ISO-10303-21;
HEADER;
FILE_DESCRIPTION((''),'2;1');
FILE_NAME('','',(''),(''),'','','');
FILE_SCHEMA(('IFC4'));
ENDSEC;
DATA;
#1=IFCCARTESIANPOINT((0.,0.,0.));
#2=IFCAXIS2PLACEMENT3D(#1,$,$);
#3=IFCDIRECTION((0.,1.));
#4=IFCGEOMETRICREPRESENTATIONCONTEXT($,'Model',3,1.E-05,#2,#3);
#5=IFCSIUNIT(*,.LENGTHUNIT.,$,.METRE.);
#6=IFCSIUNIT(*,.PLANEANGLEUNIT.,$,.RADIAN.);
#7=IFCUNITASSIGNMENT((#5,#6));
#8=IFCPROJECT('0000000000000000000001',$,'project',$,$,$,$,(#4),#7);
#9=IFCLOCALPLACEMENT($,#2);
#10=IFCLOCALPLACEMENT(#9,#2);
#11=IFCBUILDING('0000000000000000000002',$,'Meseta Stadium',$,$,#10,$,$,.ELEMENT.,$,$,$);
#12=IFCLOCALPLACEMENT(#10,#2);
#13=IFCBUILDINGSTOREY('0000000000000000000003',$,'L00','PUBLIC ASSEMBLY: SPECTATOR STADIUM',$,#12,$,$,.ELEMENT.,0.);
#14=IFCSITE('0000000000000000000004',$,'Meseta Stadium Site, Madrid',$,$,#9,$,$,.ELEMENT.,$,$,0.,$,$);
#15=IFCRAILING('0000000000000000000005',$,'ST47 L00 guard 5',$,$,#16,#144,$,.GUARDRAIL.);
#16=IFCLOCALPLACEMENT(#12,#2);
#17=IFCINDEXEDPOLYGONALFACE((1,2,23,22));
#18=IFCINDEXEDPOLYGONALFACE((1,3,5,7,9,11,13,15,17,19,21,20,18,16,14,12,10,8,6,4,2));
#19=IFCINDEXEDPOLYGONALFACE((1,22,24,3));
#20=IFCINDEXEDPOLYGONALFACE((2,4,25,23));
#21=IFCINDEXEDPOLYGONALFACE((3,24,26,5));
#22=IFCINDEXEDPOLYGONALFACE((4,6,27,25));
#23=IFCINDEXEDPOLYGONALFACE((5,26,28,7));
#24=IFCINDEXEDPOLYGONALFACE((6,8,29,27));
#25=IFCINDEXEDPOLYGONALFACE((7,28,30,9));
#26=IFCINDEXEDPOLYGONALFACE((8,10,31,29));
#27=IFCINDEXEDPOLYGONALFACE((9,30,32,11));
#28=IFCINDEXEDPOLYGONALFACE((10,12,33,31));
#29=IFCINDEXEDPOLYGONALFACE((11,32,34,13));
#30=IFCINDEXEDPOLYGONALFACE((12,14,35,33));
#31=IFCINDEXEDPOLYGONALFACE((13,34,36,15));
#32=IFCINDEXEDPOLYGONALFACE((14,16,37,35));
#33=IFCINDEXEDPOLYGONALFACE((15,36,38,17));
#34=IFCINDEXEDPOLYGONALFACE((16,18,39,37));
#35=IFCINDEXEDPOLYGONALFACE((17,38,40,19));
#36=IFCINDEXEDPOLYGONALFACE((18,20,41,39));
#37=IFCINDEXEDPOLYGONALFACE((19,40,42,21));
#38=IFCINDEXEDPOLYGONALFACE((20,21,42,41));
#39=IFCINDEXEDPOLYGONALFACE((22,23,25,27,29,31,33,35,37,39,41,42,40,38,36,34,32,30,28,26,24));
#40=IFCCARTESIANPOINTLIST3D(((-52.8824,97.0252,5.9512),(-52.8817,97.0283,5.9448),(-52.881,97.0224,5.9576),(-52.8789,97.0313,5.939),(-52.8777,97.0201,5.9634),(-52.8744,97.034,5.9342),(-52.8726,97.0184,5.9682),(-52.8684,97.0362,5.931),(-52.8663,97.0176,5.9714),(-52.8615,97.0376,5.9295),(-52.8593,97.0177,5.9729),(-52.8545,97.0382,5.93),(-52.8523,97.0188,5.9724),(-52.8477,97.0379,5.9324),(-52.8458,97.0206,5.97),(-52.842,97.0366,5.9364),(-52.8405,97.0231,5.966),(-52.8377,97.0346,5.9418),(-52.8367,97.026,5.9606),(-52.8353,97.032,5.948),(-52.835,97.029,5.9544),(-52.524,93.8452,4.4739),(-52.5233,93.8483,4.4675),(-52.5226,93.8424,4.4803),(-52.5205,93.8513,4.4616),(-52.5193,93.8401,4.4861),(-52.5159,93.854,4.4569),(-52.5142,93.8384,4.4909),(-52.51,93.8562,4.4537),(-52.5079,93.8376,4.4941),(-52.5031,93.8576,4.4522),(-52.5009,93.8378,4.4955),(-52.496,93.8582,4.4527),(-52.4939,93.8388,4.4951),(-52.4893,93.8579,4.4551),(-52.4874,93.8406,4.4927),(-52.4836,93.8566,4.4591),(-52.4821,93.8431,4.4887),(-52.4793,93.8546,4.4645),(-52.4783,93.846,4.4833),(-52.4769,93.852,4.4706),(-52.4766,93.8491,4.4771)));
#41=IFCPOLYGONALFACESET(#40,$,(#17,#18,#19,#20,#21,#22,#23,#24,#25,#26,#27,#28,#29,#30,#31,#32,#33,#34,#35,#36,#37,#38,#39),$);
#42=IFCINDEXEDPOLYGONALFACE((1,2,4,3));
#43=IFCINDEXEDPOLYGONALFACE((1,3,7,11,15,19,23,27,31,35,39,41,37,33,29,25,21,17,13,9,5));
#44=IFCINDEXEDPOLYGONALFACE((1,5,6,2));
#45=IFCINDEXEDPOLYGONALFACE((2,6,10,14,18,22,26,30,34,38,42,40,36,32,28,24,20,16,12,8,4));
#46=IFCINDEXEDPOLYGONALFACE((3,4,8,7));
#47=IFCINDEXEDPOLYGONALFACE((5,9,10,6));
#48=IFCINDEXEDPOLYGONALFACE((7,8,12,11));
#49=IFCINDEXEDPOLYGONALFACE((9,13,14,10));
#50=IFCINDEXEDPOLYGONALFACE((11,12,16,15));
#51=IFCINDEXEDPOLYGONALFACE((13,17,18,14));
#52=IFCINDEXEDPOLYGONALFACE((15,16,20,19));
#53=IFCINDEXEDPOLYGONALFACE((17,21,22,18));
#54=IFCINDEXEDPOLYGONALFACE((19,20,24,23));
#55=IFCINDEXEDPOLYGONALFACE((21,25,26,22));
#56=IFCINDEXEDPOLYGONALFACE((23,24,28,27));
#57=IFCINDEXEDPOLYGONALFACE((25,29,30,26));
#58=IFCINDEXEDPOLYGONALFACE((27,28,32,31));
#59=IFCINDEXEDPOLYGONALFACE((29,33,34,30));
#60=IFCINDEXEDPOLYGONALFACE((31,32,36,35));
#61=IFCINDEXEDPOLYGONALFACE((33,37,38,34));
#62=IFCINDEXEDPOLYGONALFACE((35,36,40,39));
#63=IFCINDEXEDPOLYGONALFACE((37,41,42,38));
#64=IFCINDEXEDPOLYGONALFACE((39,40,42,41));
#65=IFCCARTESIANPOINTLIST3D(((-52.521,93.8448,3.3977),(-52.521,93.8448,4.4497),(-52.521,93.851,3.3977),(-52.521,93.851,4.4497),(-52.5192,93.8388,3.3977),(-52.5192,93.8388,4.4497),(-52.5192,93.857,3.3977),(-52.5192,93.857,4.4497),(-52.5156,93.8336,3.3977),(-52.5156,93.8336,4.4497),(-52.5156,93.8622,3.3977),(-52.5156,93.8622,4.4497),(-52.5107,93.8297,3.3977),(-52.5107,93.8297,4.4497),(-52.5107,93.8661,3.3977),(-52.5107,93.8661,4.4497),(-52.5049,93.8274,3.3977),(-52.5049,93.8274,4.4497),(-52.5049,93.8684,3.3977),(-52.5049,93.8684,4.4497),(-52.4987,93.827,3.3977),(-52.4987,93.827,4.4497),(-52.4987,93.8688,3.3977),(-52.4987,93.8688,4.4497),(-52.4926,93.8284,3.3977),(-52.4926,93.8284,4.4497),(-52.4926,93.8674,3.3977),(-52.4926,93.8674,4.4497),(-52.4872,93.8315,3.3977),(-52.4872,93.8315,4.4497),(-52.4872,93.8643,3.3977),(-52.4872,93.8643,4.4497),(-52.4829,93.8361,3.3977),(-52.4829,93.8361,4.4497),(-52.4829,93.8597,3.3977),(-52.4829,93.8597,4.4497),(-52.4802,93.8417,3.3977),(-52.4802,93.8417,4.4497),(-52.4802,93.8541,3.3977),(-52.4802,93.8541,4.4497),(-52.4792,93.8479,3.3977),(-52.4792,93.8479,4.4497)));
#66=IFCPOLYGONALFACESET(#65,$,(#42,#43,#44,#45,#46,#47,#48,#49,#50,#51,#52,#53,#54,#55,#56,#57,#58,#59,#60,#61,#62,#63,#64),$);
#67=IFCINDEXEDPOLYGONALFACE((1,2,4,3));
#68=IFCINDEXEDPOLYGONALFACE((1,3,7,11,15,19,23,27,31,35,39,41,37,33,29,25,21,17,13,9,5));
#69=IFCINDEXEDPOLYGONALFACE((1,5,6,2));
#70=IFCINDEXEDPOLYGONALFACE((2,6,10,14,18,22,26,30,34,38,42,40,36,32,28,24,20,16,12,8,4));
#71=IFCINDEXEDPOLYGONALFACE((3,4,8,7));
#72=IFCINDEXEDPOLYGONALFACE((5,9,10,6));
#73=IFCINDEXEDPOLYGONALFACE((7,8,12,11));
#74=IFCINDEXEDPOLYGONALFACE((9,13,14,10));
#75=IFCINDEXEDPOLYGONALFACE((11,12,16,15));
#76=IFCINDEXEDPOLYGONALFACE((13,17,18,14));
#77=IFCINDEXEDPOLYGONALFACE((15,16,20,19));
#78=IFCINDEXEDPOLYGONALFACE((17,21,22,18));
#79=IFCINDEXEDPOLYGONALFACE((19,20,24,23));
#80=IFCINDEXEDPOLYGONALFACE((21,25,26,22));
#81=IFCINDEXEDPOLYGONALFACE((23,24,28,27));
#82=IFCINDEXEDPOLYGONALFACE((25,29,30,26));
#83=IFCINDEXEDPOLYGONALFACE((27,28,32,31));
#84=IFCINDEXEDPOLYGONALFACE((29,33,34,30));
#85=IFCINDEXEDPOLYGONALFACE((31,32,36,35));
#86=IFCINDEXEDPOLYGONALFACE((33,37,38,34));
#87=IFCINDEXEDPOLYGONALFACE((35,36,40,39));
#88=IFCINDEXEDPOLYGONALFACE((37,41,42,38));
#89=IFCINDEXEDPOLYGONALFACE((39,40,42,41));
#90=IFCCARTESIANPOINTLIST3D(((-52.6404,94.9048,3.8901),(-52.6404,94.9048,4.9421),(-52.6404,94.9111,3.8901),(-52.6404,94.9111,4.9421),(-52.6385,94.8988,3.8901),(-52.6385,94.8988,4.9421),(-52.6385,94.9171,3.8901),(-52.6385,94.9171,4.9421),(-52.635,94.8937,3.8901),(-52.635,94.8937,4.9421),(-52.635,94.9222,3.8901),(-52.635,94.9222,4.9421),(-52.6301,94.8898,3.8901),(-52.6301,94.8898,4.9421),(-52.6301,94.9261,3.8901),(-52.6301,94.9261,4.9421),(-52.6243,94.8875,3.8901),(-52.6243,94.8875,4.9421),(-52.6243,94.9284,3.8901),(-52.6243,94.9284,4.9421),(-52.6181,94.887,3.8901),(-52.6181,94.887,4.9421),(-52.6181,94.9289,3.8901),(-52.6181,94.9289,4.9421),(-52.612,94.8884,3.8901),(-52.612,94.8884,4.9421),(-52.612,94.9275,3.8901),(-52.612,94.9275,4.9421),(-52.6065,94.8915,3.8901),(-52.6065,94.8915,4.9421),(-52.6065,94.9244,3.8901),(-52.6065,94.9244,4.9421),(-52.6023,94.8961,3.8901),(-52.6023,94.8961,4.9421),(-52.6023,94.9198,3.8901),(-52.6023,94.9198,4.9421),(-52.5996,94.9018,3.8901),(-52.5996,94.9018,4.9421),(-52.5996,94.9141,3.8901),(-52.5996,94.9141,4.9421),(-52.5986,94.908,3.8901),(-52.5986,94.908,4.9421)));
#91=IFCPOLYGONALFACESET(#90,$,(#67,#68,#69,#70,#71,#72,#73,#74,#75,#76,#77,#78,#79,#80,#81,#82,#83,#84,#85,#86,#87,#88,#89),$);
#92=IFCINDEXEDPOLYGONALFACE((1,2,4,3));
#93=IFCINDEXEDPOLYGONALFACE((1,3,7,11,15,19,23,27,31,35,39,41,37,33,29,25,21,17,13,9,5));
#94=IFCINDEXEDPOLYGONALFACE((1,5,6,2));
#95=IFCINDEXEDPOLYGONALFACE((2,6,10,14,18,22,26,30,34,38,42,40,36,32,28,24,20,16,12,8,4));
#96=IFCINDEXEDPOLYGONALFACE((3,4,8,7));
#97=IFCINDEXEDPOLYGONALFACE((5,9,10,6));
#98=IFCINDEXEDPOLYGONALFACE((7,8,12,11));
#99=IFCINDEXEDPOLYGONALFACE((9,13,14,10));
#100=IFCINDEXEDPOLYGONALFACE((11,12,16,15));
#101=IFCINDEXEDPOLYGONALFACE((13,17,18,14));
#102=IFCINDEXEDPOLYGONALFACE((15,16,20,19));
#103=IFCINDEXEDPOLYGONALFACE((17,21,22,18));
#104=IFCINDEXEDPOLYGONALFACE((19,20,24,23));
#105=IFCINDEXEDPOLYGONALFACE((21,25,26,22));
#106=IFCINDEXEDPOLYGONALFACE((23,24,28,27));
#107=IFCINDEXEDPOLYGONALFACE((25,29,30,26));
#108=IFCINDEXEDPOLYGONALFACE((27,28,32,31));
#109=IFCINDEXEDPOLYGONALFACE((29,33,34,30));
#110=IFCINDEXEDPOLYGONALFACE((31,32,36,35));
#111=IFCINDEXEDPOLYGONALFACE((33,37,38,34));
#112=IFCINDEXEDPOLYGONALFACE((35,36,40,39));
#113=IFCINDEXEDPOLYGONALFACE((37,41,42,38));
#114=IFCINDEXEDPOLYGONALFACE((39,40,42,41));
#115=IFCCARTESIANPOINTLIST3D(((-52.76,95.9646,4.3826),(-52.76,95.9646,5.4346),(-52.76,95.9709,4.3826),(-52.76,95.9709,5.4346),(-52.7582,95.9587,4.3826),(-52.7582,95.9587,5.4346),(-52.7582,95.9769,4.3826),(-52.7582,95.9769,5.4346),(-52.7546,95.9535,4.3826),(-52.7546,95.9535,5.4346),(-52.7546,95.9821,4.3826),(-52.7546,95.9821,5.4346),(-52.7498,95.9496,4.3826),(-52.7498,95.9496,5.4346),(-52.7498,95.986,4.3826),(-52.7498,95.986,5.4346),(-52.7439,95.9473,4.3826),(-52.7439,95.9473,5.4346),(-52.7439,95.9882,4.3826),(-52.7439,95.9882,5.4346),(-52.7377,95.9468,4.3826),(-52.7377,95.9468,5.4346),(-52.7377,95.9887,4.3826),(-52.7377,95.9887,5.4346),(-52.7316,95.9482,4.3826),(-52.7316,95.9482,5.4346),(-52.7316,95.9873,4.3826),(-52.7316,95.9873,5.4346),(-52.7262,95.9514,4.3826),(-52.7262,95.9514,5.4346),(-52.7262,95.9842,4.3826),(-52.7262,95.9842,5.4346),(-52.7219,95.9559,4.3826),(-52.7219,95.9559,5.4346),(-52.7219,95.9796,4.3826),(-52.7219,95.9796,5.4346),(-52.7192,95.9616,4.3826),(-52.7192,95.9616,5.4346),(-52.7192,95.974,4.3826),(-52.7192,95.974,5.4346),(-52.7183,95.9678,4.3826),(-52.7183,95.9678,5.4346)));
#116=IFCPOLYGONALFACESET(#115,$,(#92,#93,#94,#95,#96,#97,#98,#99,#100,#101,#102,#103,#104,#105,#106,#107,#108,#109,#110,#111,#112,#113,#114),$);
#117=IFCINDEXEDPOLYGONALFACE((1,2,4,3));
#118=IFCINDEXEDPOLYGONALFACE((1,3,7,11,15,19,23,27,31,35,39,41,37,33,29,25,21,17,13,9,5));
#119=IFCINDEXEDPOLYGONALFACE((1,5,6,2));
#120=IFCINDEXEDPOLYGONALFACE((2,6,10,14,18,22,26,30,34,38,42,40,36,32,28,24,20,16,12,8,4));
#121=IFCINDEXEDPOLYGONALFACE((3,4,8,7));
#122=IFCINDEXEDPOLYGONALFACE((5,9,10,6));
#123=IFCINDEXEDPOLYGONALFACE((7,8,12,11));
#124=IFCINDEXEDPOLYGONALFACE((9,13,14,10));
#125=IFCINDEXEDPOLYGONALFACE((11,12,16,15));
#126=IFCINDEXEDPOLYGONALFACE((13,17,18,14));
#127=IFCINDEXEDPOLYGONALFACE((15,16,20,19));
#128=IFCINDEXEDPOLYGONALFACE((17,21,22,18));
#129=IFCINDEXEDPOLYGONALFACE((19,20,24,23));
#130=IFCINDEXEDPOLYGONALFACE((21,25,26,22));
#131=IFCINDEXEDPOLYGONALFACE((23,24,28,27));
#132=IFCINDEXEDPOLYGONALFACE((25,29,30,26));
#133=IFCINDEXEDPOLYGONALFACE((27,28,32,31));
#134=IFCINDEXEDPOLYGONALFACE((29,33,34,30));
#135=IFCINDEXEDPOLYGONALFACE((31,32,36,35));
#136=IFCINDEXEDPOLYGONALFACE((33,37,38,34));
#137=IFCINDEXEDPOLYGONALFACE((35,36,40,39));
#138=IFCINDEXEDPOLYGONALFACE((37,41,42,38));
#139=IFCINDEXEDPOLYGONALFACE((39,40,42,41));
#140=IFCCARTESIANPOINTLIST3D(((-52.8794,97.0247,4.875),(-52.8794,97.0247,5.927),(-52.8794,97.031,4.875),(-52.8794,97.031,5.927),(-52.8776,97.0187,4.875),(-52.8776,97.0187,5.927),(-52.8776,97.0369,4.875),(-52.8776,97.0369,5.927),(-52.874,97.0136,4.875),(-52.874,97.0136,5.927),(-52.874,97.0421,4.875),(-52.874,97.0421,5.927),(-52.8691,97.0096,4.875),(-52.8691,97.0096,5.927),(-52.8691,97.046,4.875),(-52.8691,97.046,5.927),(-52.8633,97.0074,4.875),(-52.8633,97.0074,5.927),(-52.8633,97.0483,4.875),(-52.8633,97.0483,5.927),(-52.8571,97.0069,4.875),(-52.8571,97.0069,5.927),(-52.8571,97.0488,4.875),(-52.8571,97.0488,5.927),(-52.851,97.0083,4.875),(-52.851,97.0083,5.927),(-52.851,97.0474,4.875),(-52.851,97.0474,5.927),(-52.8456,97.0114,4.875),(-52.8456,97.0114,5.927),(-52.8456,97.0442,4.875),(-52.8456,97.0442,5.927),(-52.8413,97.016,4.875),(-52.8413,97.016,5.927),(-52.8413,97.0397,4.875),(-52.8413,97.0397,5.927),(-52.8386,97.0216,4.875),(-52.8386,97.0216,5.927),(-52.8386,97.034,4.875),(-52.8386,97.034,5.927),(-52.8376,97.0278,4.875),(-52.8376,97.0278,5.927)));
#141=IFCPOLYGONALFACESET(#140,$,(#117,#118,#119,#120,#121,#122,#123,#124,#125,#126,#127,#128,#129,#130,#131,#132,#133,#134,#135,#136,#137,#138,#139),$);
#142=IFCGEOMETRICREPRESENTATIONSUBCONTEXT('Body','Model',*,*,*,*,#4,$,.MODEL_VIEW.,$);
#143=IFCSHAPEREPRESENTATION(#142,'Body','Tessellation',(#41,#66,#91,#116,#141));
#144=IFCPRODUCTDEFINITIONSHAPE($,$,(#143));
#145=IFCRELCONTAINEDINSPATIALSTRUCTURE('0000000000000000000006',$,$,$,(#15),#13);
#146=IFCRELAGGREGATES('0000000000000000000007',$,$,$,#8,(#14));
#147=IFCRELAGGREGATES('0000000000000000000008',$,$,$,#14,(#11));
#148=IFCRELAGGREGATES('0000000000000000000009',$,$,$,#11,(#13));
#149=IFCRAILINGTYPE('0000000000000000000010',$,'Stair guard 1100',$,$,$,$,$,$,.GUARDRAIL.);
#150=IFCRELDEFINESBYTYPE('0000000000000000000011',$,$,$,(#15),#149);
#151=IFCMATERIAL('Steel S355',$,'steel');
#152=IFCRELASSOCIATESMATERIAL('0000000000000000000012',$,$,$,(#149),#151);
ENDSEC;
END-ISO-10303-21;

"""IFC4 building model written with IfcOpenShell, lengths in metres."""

from ifc_helpers import new_model, si_unit, direction, frame, origin, origin_2d, place, context, subcontext, project, spatial, circle, extrude, material, type_object, element, save


model = new_model("IFC4")

# Units and contexts
model_context = context("Model", 3, precision=1e-05, world=origin(), true_north=direction((0.0, 1.0)))
body_context = subcontext(model_context, "Body", "Model", "MODEL_VIEW")
ifc_project = project(units=[si_unit("LENGTHUNIT", "METRE"), si_unit("PLANEANGLEUNIT", "RADIAN")], contexts=[model_context])

# Site, building, storey
site_placement = place(None, origin())
site = spatial("IfcSite", under=ifc_project, at=site_placement, Name="Meseta Stadium Site, Madrid", CompositionType="ELEMENT", RefElevation=0.0)
building_placement = place(site_placement, origin())
building = spatial("IfcBuilding", under=site, at=building_placement, Name="Meseta Stadium", CompositionType="ELEMENT")
storey_placement = place(building_placement, origin())
storey = spatial("IfcBuildingStorey", under=building, at=storey_placement, Name="L00", Description="PUBLIC ASSEMBLY: SPECTATOR STADIUM", CompositionType="ELEMENT", Elevation=0.0)

# Railing
ifc_material_1 = material(Name="Steel S355", Category="steel")
railing_type_1 = type_object("IfcRailingType", Name="Stair guard 1100", PredefinedType="GUARDRAIL", material=ifc_material_1)
railing_1_placement = place(storey_placement, frame((-52.5002, 93.8479, 3.3977)))
element("IfcRailing", 1, at=railing_1_placement, inside=storey, type_object=railing_type_1, Name="ST47 L00 guard 5", PredefinedType="GUARDRAIL", context=body_context, shape_type="SweptSolid", body=[
    extrude(circle(Radius=0.0239, at=origin_2d()), frame((0.0, 0.0, 1.0762), z_axis=(-0.101685, 0.90221, 0.419138), x_axis=(-0.993709, -0.111997, 0.0)), (0.0, 0.0, 1.0), 3.5247),
    extrude(circle(Radius=0.021, at=origin_2d()), origin(), (0.0, 0.0, 1.0), 1.052),
    extrude(circle(Radius=0.021, at=origin_2d()), frame((-0.1194, 1.0601, 0.4924)), (0.0, 0.0, 1.0), 1.052),
    extrude(circle(Radius=0.021, at=origin_2d()), frame((-0.239, 2.1199, 0.9849)), (0.0, 0.0, 1.0), 1.052),
    extrude(circle(Radius=0.021, at=origin_2d()), frame((-0.3584, 3.1799, 1.4773)), (0.0, 0.0, 1.0), 1.052),
])

save(model, "model.ifc")
